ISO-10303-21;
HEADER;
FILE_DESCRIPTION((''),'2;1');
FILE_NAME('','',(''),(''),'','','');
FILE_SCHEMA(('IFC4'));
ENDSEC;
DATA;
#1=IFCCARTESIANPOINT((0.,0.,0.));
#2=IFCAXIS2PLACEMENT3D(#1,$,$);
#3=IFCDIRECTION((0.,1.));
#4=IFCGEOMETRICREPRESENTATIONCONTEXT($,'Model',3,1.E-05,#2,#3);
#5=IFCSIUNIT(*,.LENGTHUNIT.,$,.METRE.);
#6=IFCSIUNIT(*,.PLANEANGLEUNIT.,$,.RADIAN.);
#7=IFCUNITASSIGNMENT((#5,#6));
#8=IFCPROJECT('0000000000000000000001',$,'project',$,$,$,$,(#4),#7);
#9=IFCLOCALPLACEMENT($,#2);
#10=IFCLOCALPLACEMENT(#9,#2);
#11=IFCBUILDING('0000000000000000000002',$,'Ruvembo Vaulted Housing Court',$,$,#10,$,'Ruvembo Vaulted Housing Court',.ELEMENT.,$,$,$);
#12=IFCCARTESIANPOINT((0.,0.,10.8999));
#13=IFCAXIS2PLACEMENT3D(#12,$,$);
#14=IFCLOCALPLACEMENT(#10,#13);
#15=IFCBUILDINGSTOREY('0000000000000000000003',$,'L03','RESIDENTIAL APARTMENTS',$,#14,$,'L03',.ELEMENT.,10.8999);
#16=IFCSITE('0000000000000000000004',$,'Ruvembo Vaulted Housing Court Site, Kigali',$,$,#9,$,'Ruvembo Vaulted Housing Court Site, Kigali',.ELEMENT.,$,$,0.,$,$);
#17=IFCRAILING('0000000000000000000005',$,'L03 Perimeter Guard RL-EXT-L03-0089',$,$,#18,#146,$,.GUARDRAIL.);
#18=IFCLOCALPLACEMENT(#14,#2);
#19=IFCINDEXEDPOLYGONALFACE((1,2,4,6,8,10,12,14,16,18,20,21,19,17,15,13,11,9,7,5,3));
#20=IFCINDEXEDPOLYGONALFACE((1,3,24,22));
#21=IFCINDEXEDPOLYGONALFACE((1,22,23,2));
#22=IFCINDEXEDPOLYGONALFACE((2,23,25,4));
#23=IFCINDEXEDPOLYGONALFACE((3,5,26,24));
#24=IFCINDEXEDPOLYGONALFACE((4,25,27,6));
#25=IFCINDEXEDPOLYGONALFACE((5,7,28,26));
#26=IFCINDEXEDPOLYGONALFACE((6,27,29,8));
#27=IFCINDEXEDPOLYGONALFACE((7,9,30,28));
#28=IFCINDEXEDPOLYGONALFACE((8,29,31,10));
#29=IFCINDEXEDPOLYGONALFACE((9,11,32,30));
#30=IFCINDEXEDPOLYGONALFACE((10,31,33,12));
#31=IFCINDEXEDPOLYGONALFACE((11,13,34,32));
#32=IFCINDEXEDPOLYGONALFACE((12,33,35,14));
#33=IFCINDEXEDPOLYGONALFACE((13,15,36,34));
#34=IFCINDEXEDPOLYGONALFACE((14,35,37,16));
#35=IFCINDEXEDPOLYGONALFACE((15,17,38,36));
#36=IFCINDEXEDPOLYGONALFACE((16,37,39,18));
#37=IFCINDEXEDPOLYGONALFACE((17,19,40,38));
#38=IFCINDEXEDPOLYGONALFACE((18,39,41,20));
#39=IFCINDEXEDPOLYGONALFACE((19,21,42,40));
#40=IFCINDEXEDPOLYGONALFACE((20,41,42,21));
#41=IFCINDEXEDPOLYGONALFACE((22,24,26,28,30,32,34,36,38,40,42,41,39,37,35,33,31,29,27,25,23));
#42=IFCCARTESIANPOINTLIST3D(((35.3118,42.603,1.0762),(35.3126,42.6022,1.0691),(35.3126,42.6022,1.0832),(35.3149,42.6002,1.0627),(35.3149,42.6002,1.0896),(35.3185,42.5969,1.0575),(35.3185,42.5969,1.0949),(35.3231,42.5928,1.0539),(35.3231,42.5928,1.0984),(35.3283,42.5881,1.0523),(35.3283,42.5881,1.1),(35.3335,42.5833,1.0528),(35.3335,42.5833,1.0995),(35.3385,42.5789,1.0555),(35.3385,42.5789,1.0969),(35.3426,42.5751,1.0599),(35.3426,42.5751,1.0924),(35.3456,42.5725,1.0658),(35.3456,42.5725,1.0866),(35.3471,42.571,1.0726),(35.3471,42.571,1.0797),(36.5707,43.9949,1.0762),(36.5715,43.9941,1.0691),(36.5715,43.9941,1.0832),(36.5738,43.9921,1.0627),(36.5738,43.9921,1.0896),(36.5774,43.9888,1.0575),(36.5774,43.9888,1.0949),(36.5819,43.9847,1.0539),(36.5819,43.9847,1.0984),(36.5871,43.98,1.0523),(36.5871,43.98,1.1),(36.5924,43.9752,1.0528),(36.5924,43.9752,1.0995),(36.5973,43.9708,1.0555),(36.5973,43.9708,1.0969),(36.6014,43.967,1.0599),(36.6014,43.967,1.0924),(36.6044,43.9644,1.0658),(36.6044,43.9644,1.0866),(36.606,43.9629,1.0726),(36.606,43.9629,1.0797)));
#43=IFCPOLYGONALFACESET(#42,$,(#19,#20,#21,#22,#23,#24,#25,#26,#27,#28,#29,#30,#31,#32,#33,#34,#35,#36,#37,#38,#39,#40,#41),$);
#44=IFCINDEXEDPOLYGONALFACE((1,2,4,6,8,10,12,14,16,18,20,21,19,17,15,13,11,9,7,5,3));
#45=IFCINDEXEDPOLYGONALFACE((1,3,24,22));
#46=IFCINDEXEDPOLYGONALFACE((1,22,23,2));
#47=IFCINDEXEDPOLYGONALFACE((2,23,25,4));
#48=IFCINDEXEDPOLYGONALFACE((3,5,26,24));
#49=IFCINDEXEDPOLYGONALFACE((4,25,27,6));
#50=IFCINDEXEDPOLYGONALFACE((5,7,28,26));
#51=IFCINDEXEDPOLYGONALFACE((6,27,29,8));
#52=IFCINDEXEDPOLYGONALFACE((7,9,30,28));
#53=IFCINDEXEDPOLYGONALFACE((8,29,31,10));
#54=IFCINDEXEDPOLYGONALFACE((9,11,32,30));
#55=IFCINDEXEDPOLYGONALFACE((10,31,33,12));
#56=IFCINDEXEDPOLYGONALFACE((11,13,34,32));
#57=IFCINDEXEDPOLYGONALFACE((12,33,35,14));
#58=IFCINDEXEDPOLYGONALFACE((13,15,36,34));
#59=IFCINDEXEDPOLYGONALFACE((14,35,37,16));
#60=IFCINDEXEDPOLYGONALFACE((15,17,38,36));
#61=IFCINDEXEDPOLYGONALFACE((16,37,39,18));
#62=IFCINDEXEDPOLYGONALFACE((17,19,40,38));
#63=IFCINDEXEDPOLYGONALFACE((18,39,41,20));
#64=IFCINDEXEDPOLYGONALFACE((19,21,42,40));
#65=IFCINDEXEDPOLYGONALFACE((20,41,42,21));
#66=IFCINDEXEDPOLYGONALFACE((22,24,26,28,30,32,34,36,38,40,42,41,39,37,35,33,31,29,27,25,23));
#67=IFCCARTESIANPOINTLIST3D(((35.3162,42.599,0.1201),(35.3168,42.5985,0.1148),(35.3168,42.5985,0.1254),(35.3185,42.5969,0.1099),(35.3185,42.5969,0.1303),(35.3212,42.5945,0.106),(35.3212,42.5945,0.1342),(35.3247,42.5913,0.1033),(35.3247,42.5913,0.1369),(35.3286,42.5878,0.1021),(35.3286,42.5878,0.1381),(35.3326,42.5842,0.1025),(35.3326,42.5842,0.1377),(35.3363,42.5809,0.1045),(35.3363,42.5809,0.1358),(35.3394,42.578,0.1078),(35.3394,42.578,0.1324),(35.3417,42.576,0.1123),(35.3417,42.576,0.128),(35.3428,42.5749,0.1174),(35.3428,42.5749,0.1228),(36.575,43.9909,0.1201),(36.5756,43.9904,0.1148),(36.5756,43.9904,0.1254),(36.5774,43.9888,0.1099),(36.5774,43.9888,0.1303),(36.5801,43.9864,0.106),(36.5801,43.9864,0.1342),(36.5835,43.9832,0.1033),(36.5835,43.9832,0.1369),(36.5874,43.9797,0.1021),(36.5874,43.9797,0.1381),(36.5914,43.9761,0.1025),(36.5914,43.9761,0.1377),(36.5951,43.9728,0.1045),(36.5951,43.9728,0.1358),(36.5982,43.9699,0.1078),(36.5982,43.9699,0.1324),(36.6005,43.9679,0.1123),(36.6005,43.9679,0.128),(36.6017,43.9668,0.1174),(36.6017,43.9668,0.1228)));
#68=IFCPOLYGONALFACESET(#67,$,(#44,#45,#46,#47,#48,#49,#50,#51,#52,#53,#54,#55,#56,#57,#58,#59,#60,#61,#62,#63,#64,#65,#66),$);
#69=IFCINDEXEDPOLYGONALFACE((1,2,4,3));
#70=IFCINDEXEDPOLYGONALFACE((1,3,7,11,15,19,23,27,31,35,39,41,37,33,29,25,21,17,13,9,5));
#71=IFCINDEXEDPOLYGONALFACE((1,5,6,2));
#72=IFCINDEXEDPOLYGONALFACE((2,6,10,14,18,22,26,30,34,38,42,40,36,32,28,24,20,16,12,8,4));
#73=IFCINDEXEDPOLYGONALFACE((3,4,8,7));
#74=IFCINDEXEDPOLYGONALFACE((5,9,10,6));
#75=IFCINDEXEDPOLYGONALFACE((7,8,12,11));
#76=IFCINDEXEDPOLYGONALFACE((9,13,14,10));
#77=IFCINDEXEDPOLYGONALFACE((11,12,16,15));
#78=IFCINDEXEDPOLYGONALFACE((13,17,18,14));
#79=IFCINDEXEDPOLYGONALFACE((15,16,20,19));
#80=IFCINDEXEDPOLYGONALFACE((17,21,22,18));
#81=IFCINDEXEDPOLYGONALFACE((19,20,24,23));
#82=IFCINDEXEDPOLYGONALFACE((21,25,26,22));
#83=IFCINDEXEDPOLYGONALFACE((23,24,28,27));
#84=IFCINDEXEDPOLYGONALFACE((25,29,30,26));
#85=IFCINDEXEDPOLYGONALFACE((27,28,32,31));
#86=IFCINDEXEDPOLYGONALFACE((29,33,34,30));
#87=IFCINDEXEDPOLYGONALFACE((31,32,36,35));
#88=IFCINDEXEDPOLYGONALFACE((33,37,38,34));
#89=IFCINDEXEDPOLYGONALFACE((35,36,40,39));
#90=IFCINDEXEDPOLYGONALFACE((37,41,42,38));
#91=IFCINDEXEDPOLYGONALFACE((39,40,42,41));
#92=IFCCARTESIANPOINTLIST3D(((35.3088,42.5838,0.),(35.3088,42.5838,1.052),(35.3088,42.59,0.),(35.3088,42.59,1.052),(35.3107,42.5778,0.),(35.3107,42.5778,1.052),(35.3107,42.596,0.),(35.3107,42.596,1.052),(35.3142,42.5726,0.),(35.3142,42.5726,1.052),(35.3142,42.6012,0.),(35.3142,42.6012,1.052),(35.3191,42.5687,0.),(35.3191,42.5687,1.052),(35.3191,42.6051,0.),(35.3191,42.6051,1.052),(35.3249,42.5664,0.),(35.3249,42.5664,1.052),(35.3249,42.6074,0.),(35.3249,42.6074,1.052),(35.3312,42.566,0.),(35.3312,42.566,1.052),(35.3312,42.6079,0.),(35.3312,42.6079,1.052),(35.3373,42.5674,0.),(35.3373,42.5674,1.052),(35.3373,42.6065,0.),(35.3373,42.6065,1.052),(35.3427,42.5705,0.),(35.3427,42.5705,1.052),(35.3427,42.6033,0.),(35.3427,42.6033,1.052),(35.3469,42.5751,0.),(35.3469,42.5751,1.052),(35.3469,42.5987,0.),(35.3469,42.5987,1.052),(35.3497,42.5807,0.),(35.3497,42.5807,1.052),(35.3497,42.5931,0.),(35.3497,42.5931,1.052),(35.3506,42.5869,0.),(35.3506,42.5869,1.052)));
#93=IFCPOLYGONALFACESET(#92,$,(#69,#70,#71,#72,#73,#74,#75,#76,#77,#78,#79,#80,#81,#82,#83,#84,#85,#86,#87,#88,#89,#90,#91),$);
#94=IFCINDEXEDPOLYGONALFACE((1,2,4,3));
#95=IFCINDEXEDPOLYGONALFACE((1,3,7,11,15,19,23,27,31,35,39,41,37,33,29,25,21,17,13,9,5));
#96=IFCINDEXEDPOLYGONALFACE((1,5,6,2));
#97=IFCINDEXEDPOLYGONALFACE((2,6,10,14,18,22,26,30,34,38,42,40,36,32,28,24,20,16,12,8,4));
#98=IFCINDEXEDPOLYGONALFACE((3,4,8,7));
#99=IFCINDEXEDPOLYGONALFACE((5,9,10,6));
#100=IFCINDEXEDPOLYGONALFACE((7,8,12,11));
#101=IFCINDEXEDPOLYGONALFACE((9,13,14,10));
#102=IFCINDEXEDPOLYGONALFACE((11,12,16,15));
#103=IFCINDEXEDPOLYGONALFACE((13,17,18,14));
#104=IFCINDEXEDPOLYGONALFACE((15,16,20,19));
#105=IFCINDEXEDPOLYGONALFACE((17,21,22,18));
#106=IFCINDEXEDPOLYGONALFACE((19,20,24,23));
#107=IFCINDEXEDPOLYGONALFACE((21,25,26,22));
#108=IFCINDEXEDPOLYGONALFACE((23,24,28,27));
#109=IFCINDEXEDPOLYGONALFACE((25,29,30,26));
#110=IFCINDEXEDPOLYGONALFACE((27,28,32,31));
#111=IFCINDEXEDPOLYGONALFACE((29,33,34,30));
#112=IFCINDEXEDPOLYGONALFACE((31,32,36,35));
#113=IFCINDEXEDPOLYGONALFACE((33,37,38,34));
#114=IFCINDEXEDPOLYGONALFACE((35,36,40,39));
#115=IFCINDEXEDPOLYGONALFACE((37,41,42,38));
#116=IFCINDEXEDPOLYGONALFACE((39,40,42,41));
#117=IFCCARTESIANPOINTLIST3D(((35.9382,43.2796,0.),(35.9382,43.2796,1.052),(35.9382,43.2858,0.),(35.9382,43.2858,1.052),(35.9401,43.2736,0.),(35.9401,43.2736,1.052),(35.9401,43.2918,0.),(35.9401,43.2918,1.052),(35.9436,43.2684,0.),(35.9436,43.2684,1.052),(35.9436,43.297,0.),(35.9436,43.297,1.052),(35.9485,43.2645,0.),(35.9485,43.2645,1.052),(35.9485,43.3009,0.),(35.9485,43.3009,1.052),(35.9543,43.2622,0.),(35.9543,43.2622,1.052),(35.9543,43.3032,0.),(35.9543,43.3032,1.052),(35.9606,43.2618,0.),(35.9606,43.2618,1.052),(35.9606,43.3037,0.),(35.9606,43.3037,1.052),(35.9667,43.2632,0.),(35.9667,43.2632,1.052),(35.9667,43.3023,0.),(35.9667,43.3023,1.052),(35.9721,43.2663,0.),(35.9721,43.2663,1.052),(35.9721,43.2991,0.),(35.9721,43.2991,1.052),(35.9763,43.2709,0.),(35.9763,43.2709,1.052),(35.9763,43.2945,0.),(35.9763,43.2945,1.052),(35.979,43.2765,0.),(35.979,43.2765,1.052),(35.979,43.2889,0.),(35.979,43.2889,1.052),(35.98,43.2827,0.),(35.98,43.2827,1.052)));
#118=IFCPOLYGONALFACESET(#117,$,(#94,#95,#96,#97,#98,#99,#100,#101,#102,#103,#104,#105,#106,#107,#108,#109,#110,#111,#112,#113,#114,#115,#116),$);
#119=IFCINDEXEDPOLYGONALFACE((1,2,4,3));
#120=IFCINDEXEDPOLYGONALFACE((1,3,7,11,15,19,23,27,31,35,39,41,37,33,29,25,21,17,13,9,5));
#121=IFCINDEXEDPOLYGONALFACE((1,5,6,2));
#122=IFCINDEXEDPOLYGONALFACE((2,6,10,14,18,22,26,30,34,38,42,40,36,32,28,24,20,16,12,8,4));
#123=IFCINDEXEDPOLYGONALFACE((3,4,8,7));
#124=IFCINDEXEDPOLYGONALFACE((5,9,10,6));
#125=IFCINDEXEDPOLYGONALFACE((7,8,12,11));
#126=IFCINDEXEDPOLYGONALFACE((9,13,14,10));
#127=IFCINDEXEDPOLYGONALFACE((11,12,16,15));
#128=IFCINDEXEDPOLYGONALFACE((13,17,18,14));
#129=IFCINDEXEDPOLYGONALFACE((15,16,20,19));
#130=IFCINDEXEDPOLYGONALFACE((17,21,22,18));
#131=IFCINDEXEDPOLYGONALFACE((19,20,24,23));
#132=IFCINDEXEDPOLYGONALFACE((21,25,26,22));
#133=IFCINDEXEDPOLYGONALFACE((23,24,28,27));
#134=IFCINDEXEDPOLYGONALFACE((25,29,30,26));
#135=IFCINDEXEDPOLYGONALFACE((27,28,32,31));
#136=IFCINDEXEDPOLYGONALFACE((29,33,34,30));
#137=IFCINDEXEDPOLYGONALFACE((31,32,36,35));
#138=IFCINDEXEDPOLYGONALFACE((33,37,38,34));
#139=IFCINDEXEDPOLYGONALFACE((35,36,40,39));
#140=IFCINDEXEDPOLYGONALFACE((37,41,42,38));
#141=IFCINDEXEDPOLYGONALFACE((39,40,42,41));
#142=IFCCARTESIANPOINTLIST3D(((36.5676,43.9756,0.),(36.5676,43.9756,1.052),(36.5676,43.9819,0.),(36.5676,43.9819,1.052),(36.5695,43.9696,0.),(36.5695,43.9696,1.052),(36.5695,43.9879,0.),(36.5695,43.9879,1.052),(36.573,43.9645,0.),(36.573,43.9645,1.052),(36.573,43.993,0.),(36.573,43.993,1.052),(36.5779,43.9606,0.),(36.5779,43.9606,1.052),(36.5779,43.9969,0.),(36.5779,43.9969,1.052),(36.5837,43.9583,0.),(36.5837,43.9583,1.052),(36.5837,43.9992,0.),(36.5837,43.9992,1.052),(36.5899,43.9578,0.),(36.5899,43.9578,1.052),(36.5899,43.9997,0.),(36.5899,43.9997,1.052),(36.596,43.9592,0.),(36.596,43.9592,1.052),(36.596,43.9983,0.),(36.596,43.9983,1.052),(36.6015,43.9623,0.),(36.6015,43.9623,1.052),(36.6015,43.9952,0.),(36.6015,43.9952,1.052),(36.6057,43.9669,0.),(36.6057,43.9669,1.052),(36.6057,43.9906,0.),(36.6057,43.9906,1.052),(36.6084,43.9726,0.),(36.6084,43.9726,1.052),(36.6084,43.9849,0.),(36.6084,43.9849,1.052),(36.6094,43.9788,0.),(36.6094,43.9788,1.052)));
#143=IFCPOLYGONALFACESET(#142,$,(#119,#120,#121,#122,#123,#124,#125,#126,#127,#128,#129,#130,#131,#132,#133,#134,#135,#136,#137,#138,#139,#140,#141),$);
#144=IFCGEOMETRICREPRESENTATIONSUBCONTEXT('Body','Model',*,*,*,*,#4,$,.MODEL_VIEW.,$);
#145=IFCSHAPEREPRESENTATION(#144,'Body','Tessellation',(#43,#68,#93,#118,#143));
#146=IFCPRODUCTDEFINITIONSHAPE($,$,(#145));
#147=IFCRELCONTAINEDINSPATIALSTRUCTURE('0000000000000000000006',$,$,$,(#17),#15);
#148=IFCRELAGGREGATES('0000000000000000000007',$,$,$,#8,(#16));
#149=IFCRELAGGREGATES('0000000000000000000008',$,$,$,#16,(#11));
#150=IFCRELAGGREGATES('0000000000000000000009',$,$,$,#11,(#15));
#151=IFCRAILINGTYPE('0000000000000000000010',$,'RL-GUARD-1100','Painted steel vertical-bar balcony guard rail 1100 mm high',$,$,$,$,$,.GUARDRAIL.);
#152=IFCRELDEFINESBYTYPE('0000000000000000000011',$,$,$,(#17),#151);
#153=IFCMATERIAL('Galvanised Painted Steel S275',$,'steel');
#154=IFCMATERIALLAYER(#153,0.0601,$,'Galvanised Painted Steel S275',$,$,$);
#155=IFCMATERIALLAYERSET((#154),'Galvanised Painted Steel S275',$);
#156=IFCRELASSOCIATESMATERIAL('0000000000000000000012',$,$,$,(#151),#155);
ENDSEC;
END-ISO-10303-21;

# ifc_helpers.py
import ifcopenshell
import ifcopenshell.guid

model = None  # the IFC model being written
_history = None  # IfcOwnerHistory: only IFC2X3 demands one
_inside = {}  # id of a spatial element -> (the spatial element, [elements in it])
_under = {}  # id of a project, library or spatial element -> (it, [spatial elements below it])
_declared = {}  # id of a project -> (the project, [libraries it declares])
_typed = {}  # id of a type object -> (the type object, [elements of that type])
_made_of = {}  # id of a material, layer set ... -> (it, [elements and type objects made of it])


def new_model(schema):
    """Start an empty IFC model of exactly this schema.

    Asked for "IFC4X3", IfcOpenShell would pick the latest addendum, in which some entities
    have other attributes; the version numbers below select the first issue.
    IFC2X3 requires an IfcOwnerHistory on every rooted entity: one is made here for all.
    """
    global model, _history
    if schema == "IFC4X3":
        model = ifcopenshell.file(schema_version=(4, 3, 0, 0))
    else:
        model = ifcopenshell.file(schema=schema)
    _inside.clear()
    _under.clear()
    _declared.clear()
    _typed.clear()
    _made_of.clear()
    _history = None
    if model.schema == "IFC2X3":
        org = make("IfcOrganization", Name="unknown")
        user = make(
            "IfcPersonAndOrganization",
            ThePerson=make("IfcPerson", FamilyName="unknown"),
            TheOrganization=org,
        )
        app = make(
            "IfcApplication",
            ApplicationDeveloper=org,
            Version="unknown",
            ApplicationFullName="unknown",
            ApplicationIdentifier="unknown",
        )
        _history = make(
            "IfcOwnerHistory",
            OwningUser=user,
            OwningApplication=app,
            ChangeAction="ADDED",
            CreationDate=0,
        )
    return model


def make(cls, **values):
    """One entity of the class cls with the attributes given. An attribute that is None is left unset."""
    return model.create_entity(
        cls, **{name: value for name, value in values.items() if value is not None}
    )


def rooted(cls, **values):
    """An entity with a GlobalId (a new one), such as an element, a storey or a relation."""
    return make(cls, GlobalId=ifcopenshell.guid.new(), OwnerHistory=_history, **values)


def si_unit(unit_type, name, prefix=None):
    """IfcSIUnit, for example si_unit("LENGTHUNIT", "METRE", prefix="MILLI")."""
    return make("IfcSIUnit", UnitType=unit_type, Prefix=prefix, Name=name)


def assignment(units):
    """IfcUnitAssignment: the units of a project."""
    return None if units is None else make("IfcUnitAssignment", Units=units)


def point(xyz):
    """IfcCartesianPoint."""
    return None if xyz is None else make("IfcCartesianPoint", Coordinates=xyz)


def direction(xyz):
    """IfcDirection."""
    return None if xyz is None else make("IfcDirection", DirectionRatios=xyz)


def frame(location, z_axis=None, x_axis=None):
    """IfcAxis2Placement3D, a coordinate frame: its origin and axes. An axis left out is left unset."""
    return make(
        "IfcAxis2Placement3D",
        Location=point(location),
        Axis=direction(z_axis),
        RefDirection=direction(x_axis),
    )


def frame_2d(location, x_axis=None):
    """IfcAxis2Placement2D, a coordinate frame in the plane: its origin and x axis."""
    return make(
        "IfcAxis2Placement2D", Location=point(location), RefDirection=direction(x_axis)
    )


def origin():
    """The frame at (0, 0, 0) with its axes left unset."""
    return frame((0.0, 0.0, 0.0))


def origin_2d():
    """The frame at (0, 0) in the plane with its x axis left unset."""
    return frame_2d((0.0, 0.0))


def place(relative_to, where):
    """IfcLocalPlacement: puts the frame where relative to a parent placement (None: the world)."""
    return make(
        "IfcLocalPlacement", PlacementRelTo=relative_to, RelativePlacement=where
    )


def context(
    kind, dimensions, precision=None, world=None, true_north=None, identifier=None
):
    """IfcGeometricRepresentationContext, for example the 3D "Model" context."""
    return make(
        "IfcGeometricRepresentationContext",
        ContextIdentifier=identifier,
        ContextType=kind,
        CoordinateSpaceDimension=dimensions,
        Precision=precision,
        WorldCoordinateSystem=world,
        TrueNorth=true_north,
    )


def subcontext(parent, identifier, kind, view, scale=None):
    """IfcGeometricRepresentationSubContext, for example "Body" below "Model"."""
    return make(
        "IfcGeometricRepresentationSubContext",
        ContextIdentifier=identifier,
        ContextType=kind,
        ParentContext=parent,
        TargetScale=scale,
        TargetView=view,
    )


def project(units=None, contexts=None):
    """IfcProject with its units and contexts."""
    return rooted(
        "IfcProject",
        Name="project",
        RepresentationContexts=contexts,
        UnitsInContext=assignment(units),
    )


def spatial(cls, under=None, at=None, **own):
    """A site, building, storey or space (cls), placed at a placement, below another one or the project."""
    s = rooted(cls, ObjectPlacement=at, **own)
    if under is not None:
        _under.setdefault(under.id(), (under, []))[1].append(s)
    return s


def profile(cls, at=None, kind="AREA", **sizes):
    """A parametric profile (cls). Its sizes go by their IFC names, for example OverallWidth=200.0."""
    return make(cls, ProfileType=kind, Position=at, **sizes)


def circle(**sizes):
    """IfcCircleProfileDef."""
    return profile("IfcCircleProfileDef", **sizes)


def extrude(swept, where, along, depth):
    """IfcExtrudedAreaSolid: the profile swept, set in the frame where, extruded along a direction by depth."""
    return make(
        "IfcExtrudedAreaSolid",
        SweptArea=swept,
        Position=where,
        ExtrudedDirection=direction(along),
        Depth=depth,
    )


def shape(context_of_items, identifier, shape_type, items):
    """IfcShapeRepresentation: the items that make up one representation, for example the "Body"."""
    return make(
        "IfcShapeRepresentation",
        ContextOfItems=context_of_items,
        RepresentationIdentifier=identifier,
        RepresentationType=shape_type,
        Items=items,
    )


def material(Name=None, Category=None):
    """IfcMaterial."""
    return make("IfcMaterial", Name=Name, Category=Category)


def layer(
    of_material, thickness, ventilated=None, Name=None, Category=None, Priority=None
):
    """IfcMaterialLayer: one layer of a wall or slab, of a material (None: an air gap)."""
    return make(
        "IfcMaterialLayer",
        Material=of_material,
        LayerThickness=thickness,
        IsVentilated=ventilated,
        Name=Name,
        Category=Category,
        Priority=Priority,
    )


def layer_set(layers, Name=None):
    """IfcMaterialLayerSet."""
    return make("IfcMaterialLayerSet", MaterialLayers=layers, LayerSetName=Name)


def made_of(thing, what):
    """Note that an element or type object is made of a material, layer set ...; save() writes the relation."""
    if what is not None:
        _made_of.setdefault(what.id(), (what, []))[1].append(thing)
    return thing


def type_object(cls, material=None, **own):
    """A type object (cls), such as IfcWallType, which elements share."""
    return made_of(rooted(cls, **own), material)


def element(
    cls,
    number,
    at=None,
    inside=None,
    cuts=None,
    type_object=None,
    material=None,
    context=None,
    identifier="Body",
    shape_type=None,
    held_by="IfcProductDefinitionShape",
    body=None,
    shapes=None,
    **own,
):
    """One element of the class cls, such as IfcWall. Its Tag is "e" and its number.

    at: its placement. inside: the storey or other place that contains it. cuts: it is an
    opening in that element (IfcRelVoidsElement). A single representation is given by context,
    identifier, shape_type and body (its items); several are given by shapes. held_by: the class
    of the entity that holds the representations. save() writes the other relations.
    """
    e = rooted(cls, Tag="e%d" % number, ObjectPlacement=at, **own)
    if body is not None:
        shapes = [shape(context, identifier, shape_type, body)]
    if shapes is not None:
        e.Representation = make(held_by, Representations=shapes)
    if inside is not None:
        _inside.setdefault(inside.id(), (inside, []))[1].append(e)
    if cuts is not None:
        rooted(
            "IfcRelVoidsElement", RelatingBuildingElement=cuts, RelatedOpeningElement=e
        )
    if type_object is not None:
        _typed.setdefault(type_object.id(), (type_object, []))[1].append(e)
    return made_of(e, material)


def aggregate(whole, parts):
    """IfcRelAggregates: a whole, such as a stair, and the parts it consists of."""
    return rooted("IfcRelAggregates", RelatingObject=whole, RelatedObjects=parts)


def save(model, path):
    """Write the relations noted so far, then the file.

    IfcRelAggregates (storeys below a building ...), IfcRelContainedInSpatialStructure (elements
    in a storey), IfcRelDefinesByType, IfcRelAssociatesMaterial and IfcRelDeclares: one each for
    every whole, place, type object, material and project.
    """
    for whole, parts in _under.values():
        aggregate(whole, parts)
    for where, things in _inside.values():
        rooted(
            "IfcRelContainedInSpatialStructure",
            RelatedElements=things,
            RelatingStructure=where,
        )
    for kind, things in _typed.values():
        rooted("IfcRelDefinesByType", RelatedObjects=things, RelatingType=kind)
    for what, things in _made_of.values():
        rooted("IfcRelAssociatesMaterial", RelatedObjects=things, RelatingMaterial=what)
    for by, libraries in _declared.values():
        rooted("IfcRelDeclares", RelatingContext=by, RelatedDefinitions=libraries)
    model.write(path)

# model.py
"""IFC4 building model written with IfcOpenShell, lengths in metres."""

from ifc_helpers import new_model, si_unit, direction, frame, origin, origin_2d, place, context, subcontext, project, spatial, circle, extrude, material, layer, layer_set, type_object, element, save


model = new_model("IFC4")

# Units and contexts
model_context = context("Model", 3, precision=1e-05, world=origin(), true_north=direction((0.0, 1.0)))
body_context = subcontext(model_context, "Body", "Model", "MODEL_VIEW")
ifc_project = project(units=[si_unit("LENGTHUNIT", "METRE"), si_unit("PLANEANGLEUNIT", "RADIAN")], contexts=[model_context])

# Site, building, storey
site_placement = place(None, origin())
site = spatial("IfcSite", under=ifc_project, at=site_placement, Name="Ruvembo Vaulted Housing Court Site, Kigali", LongName="Ruvembo Vaulted Housing Court Site, Kigali", CompositionType="ELEMENT", RefElevation=0.0)
building_placement = place(site_placement, origin())
building = spatial("IfcBuilding", under=site, at=building_placement, Name="Ruvembo Vaulted Housing Court", LongName="Ruvembo Vaulted Housing Court", CompositionType="ELEMENT")
storey_placement = place(building_placement, frame((0.0, 0.0, 10.8999)))
storey = spatial("IfcBuildingStorey", under=building, at=storey_placement, Name="L03", Description="RESIDENTIAL APARTMENTS", LongName="L03", CompositionType="ELEMENT", Elevation=10.8999)

# Railing
ifc_material_1 = material(Name="Galvanised Painted Steel S275", Category="steel")
ifc_layer = layer(ifc_material_1, 0.0601, Name="Galvanised Painted Steel S275")
ifc_layer_set = layer_set([ifc_layer], Name="Galvanised Painted Steel S275")
railing_type = type_object("IfcRailingType", Name="RL-GUARD-1100", Description="Painted steel vertical-bar balcony guard rail 1100 mm high", PredefinedType="GUARDRAIL", material=ifc_layer_set)
railing_1_placement = place(storey_placement, frame((35.3296, 42.5869, 0.0)))
element("IfcRailing", 1, at=railing_1_placement, inside=storey, type_object=railing_type, Name="L03 Perimeter Guard RL-EXT-L03-0089", PredefinedType="GUARDRAIL", context=body_context, shape_type="SweptSolid", body=[
    extrude(circle(Radius=0.0239, at=origin_2d()), frame((0.0, 0.0, 1.0762), z_axis=(0.670767, 0.741668, 0.0), x_axis=(-0.741668, 0.670767, 0.0)), (0.0, 0.0, 1.0), 1.8767),
    extrude(circle(Radius=0.0181, at=origin_2d()), frame((0.0, 0.0, 0.1201), z_axis=(0.670767, 0.741668, 0.0), x_axis=(-0.741668, 0.670767, 0.0)), (0.0, 0.0, 1.0), 1.8767),
    extrude(circle(Radius=0.021, at=origin_2d()), origin(), (0.0, 0.0, 1.0), 1.052),
    extrude(circle(Radius=0.021, at=origin_2d()), frame((0.6294, 0.6958, 0.0)), (0.0, 0.0, 1.0), 1.052),
    extrude(circle(Radius=0.021, at=origin_2d()), frame((1.2588, 1.3918, 0.0)), (0.0, 0.0, 1.0), 1.052),
])

save(model, "model.ifc")
